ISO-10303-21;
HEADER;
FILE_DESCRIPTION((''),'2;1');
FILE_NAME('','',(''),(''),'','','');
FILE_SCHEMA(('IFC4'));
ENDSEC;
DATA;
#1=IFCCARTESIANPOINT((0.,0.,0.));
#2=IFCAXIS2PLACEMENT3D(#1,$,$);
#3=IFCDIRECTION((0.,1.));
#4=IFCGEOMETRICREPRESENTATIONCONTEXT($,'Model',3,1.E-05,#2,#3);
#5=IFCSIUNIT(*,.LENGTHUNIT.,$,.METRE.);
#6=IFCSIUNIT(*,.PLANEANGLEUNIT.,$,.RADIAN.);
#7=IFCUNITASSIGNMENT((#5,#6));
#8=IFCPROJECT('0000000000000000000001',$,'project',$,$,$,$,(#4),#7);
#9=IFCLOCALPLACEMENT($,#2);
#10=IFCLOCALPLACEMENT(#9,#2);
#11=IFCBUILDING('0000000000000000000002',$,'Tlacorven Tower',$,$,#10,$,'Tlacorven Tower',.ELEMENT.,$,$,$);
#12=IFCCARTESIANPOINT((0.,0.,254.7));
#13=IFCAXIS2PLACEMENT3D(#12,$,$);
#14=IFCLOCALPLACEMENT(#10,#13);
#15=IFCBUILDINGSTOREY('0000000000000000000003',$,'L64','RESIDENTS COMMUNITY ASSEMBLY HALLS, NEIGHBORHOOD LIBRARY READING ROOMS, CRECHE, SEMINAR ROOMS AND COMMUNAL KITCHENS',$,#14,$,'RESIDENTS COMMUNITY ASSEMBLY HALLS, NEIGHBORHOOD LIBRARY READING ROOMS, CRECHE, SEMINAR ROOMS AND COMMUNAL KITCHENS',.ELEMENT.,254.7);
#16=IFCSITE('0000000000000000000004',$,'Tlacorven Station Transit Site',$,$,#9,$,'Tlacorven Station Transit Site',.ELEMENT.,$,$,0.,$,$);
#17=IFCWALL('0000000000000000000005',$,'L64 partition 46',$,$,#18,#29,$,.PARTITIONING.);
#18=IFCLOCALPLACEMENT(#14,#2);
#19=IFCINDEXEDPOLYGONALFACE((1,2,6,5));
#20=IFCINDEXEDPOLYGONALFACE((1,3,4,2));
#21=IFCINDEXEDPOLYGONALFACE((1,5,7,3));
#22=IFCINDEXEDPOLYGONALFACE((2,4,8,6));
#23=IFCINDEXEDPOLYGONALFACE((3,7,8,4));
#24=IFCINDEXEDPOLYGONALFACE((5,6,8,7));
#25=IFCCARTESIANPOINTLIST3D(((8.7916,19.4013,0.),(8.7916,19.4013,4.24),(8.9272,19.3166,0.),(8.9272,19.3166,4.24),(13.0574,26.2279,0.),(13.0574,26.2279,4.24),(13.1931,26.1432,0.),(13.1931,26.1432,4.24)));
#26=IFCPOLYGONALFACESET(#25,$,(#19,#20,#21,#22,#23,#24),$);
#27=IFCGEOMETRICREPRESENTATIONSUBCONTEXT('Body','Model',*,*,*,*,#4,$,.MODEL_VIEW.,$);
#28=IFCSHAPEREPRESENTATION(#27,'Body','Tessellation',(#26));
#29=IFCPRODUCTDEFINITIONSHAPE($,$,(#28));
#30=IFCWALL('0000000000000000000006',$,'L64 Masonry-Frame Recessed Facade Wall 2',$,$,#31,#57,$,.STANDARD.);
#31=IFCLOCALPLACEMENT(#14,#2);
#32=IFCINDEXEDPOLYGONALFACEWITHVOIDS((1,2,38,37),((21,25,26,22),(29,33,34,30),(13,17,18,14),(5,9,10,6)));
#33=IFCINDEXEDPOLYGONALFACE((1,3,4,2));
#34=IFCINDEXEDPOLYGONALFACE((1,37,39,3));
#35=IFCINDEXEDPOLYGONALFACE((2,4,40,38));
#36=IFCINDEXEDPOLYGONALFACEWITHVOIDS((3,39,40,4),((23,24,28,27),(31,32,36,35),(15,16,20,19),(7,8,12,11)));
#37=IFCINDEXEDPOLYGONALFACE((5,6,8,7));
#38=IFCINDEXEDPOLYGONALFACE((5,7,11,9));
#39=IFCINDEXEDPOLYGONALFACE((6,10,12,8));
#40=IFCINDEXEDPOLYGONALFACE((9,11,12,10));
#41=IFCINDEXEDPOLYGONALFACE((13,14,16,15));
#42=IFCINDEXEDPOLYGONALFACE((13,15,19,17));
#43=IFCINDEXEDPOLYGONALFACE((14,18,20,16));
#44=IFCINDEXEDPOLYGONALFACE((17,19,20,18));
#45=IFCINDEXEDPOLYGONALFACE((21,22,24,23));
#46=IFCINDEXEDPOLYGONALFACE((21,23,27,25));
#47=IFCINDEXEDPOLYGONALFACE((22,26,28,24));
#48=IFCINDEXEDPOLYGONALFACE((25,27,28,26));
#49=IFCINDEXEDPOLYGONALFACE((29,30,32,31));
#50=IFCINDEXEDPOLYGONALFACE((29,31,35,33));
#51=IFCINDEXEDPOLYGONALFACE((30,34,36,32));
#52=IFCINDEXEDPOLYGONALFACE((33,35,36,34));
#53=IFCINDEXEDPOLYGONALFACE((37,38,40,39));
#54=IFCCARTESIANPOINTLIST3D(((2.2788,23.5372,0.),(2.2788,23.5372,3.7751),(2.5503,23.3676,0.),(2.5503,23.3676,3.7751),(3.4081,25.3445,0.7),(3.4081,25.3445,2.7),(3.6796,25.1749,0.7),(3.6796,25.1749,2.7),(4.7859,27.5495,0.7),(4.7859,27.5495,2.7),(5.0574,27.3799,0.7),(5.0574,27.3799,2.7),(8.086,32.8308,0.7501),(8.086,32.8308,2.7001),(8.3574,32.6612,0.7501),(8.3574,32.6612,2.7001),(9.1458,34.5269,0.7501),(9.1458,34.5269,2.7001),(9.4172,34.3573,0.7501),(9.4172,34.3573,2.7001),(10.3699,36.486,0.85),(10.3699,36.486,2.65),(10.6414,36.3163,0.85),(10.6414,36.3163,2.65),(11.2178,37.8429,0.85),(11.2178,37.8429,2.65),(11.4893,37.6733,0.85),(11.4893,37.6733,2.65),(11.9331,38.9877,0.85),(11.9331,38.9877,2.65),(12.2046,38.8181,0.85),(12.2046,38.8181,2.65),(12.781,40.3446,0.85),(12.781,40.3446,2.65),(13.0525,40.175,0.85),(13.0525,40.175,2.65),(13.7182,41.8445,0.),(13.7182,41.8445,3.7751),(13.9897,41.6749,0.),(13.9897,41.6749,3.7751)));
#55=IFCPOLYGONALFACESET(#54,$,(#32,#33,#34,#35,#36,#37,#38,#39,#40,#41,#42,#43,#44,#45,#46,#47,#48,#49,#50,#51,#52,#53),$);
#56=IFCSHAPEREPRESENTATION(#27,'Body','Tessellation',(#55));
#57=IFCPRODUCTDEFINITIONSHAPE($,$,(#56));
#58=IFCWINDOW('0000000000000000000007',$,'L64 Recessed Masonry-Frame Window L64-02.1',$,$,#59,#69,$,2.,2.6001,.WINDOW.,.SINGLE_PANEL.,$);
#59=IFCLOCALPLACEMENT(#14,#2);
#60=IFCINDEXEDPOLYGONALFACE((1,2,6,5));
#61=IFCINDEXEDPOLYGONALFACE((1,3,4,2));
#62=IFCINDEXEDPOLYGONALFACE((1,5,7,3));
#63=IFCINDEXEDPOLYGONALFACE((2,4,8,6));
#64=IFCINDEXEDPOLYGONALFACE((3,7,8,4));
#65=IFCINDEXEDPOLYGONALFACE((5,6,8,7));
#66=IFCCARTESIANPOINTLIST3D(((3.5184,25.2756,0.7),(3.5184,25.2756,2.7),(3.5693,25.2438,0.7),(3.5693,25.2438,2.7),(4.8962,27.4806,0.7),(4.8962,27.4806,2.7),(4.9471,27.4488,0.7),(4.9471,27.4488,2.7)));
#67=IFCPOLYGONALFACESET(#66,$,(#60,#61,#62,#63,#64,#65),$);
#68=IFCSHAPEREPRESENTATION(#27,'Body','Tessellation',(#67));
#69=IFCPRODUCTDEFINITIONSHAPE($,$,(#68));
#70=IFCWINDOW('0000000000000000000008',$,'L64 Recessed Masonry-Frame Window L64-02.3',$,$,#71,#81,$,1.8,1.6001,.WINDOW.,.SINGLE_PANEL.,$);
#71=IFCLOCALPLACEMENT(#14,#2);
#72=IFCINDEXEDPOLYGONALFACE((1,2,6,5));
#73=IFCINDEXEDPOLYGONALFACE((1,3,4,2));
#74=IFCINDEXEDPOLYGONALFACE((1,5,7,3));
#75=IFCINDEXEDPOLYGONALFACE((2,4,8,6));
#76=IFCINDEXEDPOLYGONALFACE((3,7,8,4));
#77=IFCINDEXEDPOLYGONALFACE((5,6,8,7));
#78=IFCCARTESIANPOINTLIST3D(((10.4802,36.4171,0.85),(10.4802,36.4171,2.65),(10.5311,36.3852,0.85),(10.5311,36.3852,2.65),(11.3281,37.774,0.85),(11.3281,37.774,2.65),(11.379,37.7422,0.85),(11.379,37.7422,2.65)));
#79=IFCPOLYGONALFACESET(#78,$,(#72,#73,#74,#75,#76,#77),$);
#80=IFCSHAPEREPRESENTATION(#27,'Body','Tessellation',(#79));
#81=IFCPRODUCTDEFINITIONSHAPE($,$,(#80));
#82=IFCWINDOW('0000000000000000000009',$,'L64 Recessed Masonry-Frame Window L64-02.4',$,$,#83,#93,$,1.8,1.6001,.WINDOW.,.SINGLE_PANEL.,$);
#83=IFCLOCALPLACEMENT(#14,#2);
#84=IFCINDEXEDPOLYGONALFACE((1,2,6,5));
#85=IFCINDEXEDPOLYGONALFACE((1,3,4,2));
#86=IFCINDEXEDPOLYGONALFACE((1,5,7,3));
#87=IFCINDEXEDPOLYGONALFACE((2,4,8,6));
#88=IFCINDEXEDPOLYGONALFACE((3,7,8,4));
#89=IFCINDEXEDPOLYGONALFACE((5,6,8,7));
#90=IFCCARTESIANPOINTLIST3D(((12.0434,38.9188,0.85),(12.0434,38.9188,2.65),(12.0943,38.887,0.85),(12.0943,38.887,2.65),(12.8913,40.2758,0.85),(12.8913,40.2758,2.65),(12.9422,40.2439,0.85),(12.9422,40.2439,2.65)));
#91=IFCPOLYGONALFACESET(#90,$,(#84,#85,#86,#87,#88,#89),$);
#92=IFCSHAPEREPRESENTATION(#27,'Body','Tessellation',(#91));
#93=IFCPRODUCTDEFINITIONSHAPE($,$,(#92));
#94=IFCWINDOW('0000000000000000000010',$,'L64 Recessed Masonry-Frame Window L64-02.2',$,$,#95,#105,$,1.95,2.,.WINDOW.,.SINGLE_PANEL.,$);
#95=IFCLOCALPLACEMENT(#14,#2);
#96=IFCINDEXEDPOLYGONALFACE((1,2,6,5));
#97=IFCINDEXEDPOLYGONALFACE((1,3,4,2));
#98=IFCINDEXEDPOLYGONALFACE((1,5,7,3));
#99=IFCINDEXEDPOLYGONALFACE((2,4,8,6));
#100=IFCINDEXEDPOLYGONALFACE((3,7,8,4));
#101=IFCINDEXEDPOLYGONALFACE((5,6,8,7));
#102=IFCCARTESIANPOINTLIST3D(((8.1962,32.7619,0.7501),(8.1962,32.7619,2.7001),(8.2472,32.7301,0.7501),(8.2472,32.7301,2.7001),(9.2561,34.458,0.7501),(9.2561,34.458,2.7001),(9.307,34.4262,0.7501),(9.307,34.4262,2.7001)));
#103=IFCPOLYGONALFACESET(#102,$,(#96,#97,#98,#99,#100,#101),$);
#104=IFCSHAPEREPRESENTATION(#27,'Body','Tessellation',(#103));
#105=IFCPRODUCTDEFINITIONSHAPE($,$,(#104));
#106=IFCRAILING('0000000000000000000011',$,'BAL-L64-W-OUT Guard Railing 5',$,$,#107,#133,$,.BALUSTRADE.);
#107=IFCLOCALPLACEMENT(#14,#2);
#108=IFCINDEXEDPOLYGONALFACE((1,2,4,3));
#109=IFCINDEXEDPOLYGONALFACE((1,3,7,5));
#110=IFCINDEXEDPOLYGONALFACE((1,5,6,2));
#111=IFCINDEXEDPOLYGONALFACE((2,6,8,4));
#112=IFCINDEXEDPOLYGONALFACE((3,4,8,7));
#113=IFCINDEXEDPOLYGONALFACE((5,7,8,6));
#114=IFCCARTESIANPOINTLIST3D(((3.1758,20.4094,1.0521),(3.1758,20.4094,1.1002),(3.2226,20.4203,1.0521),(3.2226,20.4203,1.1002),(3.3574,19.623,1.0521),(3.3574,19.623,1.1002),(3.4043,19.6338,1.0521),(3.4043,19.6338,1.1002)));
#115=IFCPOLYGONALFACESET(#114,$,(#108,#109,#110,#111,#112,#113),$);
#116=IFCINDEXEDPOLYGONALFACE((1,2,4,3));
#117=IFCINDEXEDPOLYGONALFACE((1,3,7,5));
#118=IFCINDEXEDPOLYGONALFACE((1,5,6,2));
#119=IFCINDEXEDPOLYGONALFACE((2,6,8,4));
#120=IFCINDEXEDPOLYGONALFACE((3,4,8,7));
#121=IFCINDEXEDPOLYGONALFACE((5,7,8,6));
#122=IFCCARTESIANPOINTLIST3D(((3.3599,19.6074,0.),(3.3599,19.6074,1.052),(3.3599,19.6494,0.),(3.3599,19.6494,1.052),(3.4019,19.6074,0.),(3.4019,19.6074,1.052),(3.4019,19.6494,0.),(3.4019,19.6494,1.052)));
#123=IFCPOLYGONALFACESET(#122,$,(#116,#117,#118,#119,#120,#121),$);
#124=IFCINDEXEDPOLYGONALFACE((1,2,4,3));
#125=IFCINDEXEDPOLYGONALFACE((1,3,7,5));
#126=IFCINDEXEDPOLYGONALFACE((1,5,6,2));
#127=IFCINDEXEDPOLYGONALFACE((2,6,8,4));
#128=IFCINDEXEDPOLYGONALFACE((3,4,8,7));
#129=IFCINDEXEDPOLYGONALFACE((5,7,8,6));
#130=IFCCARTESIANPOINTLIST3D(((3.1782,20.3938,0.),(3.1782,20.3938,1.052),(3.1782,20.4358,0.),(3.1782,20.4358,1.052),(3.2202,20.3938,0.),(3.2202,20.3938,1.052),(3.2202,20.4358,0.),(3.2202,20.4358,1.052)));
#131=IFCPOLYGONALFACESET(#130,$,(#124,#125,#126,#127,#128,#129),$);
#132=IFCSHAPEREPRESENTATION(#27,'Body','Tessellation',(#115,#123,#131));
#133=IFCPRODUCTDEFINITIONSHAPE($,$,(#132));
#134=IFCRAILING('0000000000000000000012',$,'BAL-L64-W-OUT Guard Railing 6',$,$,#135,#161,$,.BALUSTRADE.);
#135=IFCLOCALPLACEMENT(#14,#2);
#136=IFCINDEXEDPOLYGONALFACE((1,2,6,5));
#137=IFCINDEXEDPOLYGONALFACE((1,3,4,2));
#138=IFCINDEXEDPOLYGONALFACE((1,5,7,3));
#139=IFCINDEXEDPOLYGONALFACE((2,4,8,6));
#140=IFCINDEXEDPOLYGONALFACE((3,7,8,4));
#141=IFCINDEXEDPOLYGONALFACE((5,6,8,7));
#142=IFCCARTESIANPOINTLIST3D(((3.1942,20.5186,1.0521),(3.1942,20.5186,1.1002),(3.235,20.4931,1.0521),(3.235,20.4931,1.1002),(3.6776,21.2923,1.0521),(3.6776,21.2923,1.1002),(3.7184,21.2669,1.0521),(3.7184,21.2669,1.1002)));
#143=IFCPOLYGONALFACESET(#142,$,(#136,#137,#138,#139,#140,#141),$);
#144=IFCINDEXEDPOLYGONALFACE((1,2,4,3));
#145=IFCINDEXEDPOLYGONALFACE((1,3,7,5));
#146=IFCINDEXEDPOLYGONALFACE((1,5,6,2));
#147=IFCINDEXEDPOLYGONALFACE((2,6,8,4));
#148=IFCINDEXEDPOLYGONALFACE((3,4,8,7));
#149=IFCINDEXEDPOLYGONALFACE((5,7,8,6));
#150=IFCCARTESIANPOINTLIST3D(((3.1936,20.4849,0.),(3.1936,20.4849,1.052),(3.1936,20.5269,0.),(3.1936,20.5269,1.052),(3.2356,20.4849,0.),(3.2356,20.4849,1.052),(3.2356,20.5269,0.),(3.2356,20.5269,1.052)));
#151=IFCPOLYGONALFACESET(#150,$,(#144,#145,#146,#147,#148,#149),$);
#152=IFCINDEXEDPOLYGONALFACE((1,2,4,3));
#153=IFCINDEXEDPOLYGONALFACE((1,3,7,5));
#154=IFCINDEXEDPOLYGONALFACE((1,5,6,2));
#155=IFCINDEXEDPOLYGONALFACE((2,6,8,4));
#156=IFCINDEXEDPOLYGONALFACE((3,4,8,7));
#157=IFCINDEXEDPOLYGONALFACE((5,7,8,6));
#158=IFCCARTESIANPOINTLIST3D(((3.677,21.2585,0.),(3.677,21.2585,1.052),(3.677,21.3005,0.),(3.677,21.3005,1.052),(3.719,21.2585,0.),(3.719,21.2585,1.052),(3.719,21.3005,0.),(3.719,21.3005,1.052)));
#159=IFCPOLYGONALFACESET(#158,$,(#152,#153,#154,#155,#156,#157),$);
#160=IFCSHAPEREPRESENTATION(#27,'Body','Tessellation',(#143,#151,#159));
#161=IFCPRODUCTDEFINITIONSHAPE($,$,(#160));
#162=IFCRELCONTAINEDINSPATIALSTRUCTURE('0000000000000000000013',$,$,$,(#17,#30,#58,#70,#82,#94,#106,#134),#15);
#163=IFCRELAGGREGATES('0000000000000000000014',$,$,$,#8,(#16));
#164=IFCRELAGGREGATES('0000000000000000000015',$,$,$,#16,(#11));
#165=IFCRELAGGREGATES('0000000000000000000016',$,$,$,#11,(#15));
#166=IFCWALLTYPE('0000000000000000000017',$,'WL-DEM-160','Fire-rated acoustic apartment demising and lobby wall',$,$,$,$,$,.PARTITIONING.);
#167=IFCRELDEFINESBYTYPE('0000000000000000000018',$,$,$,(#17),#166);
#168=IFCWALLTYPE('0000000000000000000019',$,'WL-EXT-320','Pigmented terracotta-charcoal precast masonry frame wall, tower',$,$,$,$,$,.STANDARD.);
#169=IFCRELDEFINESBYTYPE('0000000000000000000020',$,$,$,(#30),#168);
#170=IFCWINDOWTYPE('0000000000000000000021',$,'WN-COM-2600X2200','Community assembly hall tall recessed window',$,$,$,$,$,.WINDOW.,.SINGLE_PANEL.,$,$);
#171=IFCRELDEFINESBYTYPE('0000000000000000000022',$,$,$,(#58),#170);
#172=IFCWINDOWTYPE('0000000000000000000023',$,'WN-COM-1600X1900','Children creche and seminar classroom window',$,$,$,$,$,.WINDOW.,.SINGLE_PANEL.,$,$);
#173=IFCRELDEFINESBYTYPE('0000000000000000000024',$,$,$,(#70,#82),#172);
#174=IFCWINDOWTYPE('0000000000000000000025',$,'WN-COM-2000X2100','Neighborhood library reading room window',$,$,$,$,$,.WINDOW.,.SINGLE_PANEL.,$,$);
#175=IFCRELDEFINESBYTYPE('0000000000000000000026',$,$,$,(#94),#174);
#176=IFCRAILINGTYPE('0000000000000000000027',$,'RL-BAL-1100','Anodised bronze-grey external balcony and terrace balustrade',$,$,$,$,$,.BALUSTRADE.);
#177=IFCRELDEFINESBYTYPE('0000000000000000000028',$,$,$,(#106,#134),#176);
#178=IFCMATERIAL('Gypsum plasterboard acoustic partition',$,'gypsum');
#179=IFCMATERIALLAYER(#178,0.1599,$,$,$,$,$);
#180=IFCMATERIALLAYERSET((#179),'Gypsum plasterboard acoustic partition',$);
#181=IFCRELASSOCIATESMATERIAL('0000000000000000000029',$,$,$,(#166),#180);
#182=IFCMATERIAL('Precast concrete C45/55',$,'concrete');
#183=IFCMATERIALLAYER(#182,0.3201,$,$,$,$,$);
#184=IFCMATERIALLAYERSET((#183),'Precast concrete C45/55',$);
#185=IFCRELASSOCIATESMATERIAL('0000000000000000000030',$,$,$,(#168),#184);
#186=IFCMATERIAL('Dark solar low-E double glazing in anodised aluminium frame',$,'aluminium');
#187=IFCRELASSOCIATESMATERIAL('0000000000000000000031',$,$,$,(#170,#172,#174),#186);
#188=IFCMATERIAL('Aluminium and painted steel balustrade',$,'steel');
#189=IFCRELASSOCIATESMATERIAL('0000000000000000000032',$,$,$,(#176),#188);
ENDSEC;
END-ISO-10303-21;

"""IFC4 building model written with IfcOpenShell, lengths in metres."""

from ifc_helpers import new_model, si_unit, direction, frame, frame_2d, origin, origin_2d, place, context, subcontext, project, spatial, rectangle, extrude, source, transform, mapped, material, layer, layer_set, type_object, element, fill, save


model = new_model("IFC4")

# Units and contexts
model_context = context("Model", 3, precision=1e-05, world=origin(), true_north=direction((0.0, 1.0)))
body_context = subcontext(model_context, "Body", "Model", "MODEL_VIEW")
ifc_project = project(units=[si_unit("LENGTHUNIT", "METRE"), si_unit("PLANEANGLEUNIT", "RADIAN")], contexts=[model_context])

# Site, building, storey
site_placement = place(None, origin())
site = spatial("IfcSite", under=ifc_project, at=site_placement, Name="Tlacorven Station Transit Site", LongName="Tlacorven Station Transit Site", CompositionType="ELEMENT", RefElevation=0.0)
building_placement = place(site_placement, origin())
building = spatial("IfcBuilding", under=site, at=building_placement, Name="Tlacorven Tower", LongName="Tlacorven Tower", CompositionType="ELEMENT")
storey_placement = place(building_placement, frame((0.0, 0.0, 254.7)))
storey = spatial("IfcBuildingStorey", under=building, at=storey_placement, Name="L64", Description="RESIDENTS COMMUNITY ASSEMBLY HALLS, NEIGHBORHOOD LIBRARY READING ROOMS, CRECHE, SEMINAR ROOMS AND COMMUNAL KITCHENS", LongName="RESIDENTS COMMUNITY ASSEMBLY HALLS, NEIGHBORHOOD LIBRARY READING ROOMS, CRECHE, SEMINAR ROOMS AND COMMUNAL KITCHENS", CompositionType="ELEMENT", Elevation=254.7)

# Wall
ifc_material_1 = material(Name="Gypsum plasterboard acoustic partition", Category="gypsum")
ifc_layer_1 = layer(ifc_material_1, 0.1599)
ifc_layer_set_1 = layer_set([ifc_layer_1], Name="Gypsum plasterboard acoustic partition")
wall_type_1 = type_object("IfcWallType", Name="WL-DEM-160", Description="Fire-rated acoustic apartment demising and lobby wall", PredefinedType="PARTITIONING", material=ifc_layer_set_1)
wall_1_placement = place(storey_placement, frame((13.1252, 26.1855, 0.0), z_axis=(0.0, 0.0, 1.0), x_axis=(-0.529928, -0.848043, 0.0)))
element("IfcWall", 1, at=wall_1_placement, inside=storey, type_object=wall_type_1, Name="L64 partition 46", PredefinedType="PARTITIONING", context=body_context, shape_type="SweptSolid", body=[
    extrude(rectangle(XDim=8.0498, YDim=0.1599, at=frame_2d((4.0249, 0.0))), origin(), (0.0, 0.0, 1.0), 4.24),
])

# Wall, openings, windows
ifc_material_2 = material(Name="Precast concrete C45/55", Category="concrete")
ifc_layer_2 = layer(ifc_material_2, 0.3201)
ifc_layer_set_2 = layer_set([ifc_layer_2], Name="Precast concrete C45/55")
wall_type_2 = type_object("IfcWallType", Name="WL-EXT-320", Description="Pigmented terracotta-charcoal precast masonry frame wall, tower", PredefinedType="STANDARD", material=ifc_layer_set_2)
wall_2_placement = place(storey_placement, frame((2.4146, 23.4524, 0.0), z_axis=(0.0, 0.0, 1.0), x_axis=(0.52991, 0.848054, 0.0)))
wall_2 = element("IfcWall", 2, at=wall_2_placement, inside=storey, type_object=wall_type_2, Name="L64 Masonry-Frame Recessed Facade Wall 2", PredefinedType="STANDARD", context=body_context, shape_type="SweptSolid", body=[
    extrude(rectangle(XDim=21.5874, YDim=0.3201, at=frame_2d((10.7937, 0.0))), origin(), (0.0, 0.0, 1.0), 3.7751),
])
opening_1_placement = place(wall_2_placement, frame((2.1311, 0.0, 0.7)))
opening_1 = element("IfcOpeningElement", 3, at=opening_1_placement, cuts=wall_2, PredefinedType="OPENING", context=body_context, shape_type="SweptSolid", body=[
    extrude(rectangle(XDim=2.6001, YDim=2.0, at=frame_2d((1.3, 1.0))), frame((0.0, 0.1699, 0.0), z_axis=(0.0, -1.0, 0.0), x_axis=(1.0, 0.0, 0.0)), (0.0, 0.0, 1.0), 0.3401),
])
opening_2_placement = place(wall_2_placement, frame((10.9587, 0.0, 0.75)))
opening_2 = element("IfcOpeningElement", 4, at=opening_2_placement, cuts=wall_2, PredefinedType="OPENING", context=body_context, shape_type="SweptSolid", body=[
    extrude(rectangle(XDim=2.0, YDim=1.95, at=frame_2d((1.0, 0.9751))), frame((0.0, 0.1699, 0.0), z_axis=(0.0, -1.0, 0.0), x_axis=(1.0, 0.0, 0.0)), (0.0, 0.0, 1.0), 0.3401),
])
opening_3_placement = place(wall_2_placement, frame((15.2688, 0.0, 0.8501)))
opening_3 = element("IfcOpeningElement", 5, at=opening_3_placement, cuts=wall_2, PredefinedType="OPENING", context=body_context, shape_type="SweptSolid", body=[
    extrude(rectangle(XDim=1.6001, YDim=1.8, at=frame_2d((0.8, 0.8999))), frame((0.0, 0.1699, 0.0), z_axis=(0.0, -1.0, 0.0), x_axis=(1.0, 0.0, 0.0)), (0.0, 0.0, 1.0), 0.3401),
])
opening_4_placement = place(wall_2_placement, frame((18.2188, 0.0, 0.8501)))
opening_4 = element("IfcOpeningElement", 6, at=opening_4_placement, cuts=wall_2, PredefinedType="OPENING", context=body_context, shape_type="SweptSolid", body=[
    extrude(rectangle(XDim=1.6001, YDim=1.8, at=frame_2d((0.8, 0.8999))), frame((0.0, 0.1699, 0.0), z_axis=(0.0, -1.0, 0.0), x_axis=(1.0, 0.0, 0.0)), (0.0, 0.0, 1.0), 0.3401),
])
ifc_material_3 = material(Name="Dark solar low-E double glazing in anodised aluminium frame", Category="aluminium")
window_type_1 = type_object("IfcWindowType", Name="WN-COM-2600X2200", Description="Community assembly hall tall recessed window", PartitioningType="SINGLE_PANEL", PredefinedType="WINDOW", material=ifc_material_3)
shared_shape_1 = source(origin(), body_context, "Body", "SweptSolid", [
    extrude(rectangle(XDim=2.6001, YDim=2.0, at=frame_2d((1.3, 1.0))), frame((0.0, 0.03, 0.0), z_axis=(0.0, -1.0, 0.0), x_axis=(1.0, 0.0, 0.0)), (0.0, 0.0, 1.0), 0.0601),
])
window_1_placement = place(opening_1_placement, origin())
window_1 = element("IfcWindow", 7, at=window_1_placement, inside=storey, type_object=window_type_1, Name="L64 Recessed Masonry-Frame Window L64-02.1", OverallHeight=2.0, OverallWidth=2.6001, PartitioningType="SINGLE_PANEL", PredefinedType="WINDOW", context=body_context, shape_type="MappedRepresentation", body=[
    mapped(shared_shape_1, transform((0.0, 0.0, 0.0), scale=1.0)),
])
fill(opening_1, window_1)
window_type_2 = type_object("IfcWindowType", Name="WN-COM-1600X1900", Description="Children creche and seminar classroom window", PartitioningType="SINGLE_PANEL", PredefinedType="WINDOW", material=ifc_material_3)
shared_shape_2 = source(origin(), body_context, "Body", "SweptSolid", [
    extrude(rectangle(XDim=1.6001, YDim=1.8, at=frame_2d((0.8, 0.8999))), frame((0.0, 0.03, 0.0), z_axis=(0.0, -1.0, 0.0), x_axis=(1.0, 0.0, 0.0)), (0.0, 0.0, 1.0), 0.0601),
])
window_2_placement = place(opening_3_placement, origin())
window_2 = element("IfcWindow", 8, at=window_2_placement, inside=storey, type_object=window_type_2, Name="L64 Recessed Masonry-Frame Window L64-02.3", OverallHeight=1.8, OverallWidth=1.6001, PartitioningType="SINGLE_PANEL", PredefinedType="WINDOW", context=body_context, shape_type="MappedRepresentation", body=[
    mapped(shared_shape_2, transform((0.0, 0.0, 0.0), scale=1.0)),
])
fill(opening_3, window_2)
window_3_placement = place(opening_4_placement, origin())
window_3 = element("IfcWindow", 9, at=window_3_placement, inside=storey, type_object=window_type_2, Name="L64 Recessed Masonry-Frame Window L64-02.4", OverallHeight=1.8, OverallWidth=1.6001, PartitioningType="SINGLE_PANEL", PredefinedType="WINDOW", context=body_context, shape_type="MappedRepresentation", body=[
    mapped(shared_shape_2, transform((0.0, 0.0, 0.0), scale=1.0)),
])
fill(opening_4, window_3)
window_type_3 = type_object("IfcWindowType", Name="WN-COM-2000X2100", Description="Neighborhood library reading room window", PartitioningType="SINGLE_PANEL", PredefinedType="WINDOW", material=ifc_material_3)
shared_shape_3 = source(origin(), body_context, "Body", "SweptSolid", [
    extrude(rectangle(XDim=2.0, YDim=1.95, at=frame_2d((1.0, 0.9751))), frame((0.0, 0.03, 0.0), z_axis=(0.0, -1.0, 0.0), x_axis=(1.0, 0.0, 0.0)), (0.0, 0.0, 1.0), 0.0601),
])
window_4_placement = place(opening_2_placement, origin())
window_4 = element("IfcWindow", 10, at=window_4_placement, inside=storey, type_object=window_type_3, Name="L64 Recessed Masonry-Frame Window L64-02.2", OverallHeight=1.95, OverallWidth=2.0, PartitioningType="SINGLE_PANEL", PredefinedType="WINDOW", context=body_context, shape_type="MappedRepresentation", body=[
    mapped(shared_shape_3, transform((0.0, 0.0, 0.0), scale=1.0)),
])
fill(opening_2, window_4)

# Railings
ifc_material_4 = material(Name="Aluminium and painted steel balustrade", Category="steel")
railing_type = type_object("IfcRailingType", Name="RL-BAL-1100", Description="Anodised bronze-grey external balcony and terrace balustrade", PredefinedType="BALUSTRADE", material=ifc_material_4)
shared_shape_4 = source(origin(), body_context, "Body", "SweptSolid", [
    extrude(rectangle(XDim=0.0481, YDim=0.0481, at=origin_2d()), frame((0.0, 0.0, 1.0762), z_axis=(-0.225058, 0.974345, 0.0), x_axis=(-0.974345, -0.225058, 0.0)), (0.0, 0.0, 1.0), 0.8071),
    extrude(rectangle(XDim=0.042, YDim=0.042, at=origin_2d()), origin(), (0.0, 0.0, 1.0), 1.052),
    extrude(rectangle(XDim=0.042, YDim=0.042, at=origin_2d()), frame((-0.1816, 0.7864, 0.0)), (0.0, 0.0, 1.0), 1.052),
])
railing_1_placement = place(storey_placement, frame((3.3809, 19.6284, 0.0)))
element("IfcRailing", 11, at=railing_1_placement, inside=storey, type_object=railing_type, Name="BAL-L64-W-OUT Guard Railing 5", PredefinedType="BALUSTRADE", context=body_context, shape_type="MappedRepresentation", body=[
    mapped(shared_shape_4, transform((0.0, 0.0, 0.0), scale=1.0)),
])
shared_shape_5 = source(origin(), body_context, "Body", "SweptSolid", [
    extrude(rectangle(XDim=0.0481, YDim=0.0481, at=origin_2d()), frame((0.0, 0.0, 1.0762), z_axis=(0.529879, 0.848073, 0.0), x_axis=(-0.848073, 0.529879, 0.0)), (0.0, 0.0, 1.0), 0.9124),
    extrude(rectangle(XDim=0.042, YDim=0.042, at=origin_2d()), origin(), (0.0, 0.0, 1.0), 1.052),
    extrude(rectangle(XDim=0.042, YDim=0.042, at=origin_2d()), frame((0.4834, 0.7737, 0.0)), (0.0, 0.0, 1.0), 1.052),
])
railing_2_placement = place(storey_placement, frame((3.2146, 20.5059, 0.0)))
element("IfcRailing", 12, at=railing_2_placement, inside=storey, type_object=railing_type, Name="BAL-L64-W-OUT Guard Railing 6", PredefinedType="BALUSTRADE", context=body_context, shape_type="MappedRepresentation", body=[
    mapped(shared_shape_5, transform((0.0, 0.0, 0.0), scale=1.0)),
])

save(model, "model.ifc")
